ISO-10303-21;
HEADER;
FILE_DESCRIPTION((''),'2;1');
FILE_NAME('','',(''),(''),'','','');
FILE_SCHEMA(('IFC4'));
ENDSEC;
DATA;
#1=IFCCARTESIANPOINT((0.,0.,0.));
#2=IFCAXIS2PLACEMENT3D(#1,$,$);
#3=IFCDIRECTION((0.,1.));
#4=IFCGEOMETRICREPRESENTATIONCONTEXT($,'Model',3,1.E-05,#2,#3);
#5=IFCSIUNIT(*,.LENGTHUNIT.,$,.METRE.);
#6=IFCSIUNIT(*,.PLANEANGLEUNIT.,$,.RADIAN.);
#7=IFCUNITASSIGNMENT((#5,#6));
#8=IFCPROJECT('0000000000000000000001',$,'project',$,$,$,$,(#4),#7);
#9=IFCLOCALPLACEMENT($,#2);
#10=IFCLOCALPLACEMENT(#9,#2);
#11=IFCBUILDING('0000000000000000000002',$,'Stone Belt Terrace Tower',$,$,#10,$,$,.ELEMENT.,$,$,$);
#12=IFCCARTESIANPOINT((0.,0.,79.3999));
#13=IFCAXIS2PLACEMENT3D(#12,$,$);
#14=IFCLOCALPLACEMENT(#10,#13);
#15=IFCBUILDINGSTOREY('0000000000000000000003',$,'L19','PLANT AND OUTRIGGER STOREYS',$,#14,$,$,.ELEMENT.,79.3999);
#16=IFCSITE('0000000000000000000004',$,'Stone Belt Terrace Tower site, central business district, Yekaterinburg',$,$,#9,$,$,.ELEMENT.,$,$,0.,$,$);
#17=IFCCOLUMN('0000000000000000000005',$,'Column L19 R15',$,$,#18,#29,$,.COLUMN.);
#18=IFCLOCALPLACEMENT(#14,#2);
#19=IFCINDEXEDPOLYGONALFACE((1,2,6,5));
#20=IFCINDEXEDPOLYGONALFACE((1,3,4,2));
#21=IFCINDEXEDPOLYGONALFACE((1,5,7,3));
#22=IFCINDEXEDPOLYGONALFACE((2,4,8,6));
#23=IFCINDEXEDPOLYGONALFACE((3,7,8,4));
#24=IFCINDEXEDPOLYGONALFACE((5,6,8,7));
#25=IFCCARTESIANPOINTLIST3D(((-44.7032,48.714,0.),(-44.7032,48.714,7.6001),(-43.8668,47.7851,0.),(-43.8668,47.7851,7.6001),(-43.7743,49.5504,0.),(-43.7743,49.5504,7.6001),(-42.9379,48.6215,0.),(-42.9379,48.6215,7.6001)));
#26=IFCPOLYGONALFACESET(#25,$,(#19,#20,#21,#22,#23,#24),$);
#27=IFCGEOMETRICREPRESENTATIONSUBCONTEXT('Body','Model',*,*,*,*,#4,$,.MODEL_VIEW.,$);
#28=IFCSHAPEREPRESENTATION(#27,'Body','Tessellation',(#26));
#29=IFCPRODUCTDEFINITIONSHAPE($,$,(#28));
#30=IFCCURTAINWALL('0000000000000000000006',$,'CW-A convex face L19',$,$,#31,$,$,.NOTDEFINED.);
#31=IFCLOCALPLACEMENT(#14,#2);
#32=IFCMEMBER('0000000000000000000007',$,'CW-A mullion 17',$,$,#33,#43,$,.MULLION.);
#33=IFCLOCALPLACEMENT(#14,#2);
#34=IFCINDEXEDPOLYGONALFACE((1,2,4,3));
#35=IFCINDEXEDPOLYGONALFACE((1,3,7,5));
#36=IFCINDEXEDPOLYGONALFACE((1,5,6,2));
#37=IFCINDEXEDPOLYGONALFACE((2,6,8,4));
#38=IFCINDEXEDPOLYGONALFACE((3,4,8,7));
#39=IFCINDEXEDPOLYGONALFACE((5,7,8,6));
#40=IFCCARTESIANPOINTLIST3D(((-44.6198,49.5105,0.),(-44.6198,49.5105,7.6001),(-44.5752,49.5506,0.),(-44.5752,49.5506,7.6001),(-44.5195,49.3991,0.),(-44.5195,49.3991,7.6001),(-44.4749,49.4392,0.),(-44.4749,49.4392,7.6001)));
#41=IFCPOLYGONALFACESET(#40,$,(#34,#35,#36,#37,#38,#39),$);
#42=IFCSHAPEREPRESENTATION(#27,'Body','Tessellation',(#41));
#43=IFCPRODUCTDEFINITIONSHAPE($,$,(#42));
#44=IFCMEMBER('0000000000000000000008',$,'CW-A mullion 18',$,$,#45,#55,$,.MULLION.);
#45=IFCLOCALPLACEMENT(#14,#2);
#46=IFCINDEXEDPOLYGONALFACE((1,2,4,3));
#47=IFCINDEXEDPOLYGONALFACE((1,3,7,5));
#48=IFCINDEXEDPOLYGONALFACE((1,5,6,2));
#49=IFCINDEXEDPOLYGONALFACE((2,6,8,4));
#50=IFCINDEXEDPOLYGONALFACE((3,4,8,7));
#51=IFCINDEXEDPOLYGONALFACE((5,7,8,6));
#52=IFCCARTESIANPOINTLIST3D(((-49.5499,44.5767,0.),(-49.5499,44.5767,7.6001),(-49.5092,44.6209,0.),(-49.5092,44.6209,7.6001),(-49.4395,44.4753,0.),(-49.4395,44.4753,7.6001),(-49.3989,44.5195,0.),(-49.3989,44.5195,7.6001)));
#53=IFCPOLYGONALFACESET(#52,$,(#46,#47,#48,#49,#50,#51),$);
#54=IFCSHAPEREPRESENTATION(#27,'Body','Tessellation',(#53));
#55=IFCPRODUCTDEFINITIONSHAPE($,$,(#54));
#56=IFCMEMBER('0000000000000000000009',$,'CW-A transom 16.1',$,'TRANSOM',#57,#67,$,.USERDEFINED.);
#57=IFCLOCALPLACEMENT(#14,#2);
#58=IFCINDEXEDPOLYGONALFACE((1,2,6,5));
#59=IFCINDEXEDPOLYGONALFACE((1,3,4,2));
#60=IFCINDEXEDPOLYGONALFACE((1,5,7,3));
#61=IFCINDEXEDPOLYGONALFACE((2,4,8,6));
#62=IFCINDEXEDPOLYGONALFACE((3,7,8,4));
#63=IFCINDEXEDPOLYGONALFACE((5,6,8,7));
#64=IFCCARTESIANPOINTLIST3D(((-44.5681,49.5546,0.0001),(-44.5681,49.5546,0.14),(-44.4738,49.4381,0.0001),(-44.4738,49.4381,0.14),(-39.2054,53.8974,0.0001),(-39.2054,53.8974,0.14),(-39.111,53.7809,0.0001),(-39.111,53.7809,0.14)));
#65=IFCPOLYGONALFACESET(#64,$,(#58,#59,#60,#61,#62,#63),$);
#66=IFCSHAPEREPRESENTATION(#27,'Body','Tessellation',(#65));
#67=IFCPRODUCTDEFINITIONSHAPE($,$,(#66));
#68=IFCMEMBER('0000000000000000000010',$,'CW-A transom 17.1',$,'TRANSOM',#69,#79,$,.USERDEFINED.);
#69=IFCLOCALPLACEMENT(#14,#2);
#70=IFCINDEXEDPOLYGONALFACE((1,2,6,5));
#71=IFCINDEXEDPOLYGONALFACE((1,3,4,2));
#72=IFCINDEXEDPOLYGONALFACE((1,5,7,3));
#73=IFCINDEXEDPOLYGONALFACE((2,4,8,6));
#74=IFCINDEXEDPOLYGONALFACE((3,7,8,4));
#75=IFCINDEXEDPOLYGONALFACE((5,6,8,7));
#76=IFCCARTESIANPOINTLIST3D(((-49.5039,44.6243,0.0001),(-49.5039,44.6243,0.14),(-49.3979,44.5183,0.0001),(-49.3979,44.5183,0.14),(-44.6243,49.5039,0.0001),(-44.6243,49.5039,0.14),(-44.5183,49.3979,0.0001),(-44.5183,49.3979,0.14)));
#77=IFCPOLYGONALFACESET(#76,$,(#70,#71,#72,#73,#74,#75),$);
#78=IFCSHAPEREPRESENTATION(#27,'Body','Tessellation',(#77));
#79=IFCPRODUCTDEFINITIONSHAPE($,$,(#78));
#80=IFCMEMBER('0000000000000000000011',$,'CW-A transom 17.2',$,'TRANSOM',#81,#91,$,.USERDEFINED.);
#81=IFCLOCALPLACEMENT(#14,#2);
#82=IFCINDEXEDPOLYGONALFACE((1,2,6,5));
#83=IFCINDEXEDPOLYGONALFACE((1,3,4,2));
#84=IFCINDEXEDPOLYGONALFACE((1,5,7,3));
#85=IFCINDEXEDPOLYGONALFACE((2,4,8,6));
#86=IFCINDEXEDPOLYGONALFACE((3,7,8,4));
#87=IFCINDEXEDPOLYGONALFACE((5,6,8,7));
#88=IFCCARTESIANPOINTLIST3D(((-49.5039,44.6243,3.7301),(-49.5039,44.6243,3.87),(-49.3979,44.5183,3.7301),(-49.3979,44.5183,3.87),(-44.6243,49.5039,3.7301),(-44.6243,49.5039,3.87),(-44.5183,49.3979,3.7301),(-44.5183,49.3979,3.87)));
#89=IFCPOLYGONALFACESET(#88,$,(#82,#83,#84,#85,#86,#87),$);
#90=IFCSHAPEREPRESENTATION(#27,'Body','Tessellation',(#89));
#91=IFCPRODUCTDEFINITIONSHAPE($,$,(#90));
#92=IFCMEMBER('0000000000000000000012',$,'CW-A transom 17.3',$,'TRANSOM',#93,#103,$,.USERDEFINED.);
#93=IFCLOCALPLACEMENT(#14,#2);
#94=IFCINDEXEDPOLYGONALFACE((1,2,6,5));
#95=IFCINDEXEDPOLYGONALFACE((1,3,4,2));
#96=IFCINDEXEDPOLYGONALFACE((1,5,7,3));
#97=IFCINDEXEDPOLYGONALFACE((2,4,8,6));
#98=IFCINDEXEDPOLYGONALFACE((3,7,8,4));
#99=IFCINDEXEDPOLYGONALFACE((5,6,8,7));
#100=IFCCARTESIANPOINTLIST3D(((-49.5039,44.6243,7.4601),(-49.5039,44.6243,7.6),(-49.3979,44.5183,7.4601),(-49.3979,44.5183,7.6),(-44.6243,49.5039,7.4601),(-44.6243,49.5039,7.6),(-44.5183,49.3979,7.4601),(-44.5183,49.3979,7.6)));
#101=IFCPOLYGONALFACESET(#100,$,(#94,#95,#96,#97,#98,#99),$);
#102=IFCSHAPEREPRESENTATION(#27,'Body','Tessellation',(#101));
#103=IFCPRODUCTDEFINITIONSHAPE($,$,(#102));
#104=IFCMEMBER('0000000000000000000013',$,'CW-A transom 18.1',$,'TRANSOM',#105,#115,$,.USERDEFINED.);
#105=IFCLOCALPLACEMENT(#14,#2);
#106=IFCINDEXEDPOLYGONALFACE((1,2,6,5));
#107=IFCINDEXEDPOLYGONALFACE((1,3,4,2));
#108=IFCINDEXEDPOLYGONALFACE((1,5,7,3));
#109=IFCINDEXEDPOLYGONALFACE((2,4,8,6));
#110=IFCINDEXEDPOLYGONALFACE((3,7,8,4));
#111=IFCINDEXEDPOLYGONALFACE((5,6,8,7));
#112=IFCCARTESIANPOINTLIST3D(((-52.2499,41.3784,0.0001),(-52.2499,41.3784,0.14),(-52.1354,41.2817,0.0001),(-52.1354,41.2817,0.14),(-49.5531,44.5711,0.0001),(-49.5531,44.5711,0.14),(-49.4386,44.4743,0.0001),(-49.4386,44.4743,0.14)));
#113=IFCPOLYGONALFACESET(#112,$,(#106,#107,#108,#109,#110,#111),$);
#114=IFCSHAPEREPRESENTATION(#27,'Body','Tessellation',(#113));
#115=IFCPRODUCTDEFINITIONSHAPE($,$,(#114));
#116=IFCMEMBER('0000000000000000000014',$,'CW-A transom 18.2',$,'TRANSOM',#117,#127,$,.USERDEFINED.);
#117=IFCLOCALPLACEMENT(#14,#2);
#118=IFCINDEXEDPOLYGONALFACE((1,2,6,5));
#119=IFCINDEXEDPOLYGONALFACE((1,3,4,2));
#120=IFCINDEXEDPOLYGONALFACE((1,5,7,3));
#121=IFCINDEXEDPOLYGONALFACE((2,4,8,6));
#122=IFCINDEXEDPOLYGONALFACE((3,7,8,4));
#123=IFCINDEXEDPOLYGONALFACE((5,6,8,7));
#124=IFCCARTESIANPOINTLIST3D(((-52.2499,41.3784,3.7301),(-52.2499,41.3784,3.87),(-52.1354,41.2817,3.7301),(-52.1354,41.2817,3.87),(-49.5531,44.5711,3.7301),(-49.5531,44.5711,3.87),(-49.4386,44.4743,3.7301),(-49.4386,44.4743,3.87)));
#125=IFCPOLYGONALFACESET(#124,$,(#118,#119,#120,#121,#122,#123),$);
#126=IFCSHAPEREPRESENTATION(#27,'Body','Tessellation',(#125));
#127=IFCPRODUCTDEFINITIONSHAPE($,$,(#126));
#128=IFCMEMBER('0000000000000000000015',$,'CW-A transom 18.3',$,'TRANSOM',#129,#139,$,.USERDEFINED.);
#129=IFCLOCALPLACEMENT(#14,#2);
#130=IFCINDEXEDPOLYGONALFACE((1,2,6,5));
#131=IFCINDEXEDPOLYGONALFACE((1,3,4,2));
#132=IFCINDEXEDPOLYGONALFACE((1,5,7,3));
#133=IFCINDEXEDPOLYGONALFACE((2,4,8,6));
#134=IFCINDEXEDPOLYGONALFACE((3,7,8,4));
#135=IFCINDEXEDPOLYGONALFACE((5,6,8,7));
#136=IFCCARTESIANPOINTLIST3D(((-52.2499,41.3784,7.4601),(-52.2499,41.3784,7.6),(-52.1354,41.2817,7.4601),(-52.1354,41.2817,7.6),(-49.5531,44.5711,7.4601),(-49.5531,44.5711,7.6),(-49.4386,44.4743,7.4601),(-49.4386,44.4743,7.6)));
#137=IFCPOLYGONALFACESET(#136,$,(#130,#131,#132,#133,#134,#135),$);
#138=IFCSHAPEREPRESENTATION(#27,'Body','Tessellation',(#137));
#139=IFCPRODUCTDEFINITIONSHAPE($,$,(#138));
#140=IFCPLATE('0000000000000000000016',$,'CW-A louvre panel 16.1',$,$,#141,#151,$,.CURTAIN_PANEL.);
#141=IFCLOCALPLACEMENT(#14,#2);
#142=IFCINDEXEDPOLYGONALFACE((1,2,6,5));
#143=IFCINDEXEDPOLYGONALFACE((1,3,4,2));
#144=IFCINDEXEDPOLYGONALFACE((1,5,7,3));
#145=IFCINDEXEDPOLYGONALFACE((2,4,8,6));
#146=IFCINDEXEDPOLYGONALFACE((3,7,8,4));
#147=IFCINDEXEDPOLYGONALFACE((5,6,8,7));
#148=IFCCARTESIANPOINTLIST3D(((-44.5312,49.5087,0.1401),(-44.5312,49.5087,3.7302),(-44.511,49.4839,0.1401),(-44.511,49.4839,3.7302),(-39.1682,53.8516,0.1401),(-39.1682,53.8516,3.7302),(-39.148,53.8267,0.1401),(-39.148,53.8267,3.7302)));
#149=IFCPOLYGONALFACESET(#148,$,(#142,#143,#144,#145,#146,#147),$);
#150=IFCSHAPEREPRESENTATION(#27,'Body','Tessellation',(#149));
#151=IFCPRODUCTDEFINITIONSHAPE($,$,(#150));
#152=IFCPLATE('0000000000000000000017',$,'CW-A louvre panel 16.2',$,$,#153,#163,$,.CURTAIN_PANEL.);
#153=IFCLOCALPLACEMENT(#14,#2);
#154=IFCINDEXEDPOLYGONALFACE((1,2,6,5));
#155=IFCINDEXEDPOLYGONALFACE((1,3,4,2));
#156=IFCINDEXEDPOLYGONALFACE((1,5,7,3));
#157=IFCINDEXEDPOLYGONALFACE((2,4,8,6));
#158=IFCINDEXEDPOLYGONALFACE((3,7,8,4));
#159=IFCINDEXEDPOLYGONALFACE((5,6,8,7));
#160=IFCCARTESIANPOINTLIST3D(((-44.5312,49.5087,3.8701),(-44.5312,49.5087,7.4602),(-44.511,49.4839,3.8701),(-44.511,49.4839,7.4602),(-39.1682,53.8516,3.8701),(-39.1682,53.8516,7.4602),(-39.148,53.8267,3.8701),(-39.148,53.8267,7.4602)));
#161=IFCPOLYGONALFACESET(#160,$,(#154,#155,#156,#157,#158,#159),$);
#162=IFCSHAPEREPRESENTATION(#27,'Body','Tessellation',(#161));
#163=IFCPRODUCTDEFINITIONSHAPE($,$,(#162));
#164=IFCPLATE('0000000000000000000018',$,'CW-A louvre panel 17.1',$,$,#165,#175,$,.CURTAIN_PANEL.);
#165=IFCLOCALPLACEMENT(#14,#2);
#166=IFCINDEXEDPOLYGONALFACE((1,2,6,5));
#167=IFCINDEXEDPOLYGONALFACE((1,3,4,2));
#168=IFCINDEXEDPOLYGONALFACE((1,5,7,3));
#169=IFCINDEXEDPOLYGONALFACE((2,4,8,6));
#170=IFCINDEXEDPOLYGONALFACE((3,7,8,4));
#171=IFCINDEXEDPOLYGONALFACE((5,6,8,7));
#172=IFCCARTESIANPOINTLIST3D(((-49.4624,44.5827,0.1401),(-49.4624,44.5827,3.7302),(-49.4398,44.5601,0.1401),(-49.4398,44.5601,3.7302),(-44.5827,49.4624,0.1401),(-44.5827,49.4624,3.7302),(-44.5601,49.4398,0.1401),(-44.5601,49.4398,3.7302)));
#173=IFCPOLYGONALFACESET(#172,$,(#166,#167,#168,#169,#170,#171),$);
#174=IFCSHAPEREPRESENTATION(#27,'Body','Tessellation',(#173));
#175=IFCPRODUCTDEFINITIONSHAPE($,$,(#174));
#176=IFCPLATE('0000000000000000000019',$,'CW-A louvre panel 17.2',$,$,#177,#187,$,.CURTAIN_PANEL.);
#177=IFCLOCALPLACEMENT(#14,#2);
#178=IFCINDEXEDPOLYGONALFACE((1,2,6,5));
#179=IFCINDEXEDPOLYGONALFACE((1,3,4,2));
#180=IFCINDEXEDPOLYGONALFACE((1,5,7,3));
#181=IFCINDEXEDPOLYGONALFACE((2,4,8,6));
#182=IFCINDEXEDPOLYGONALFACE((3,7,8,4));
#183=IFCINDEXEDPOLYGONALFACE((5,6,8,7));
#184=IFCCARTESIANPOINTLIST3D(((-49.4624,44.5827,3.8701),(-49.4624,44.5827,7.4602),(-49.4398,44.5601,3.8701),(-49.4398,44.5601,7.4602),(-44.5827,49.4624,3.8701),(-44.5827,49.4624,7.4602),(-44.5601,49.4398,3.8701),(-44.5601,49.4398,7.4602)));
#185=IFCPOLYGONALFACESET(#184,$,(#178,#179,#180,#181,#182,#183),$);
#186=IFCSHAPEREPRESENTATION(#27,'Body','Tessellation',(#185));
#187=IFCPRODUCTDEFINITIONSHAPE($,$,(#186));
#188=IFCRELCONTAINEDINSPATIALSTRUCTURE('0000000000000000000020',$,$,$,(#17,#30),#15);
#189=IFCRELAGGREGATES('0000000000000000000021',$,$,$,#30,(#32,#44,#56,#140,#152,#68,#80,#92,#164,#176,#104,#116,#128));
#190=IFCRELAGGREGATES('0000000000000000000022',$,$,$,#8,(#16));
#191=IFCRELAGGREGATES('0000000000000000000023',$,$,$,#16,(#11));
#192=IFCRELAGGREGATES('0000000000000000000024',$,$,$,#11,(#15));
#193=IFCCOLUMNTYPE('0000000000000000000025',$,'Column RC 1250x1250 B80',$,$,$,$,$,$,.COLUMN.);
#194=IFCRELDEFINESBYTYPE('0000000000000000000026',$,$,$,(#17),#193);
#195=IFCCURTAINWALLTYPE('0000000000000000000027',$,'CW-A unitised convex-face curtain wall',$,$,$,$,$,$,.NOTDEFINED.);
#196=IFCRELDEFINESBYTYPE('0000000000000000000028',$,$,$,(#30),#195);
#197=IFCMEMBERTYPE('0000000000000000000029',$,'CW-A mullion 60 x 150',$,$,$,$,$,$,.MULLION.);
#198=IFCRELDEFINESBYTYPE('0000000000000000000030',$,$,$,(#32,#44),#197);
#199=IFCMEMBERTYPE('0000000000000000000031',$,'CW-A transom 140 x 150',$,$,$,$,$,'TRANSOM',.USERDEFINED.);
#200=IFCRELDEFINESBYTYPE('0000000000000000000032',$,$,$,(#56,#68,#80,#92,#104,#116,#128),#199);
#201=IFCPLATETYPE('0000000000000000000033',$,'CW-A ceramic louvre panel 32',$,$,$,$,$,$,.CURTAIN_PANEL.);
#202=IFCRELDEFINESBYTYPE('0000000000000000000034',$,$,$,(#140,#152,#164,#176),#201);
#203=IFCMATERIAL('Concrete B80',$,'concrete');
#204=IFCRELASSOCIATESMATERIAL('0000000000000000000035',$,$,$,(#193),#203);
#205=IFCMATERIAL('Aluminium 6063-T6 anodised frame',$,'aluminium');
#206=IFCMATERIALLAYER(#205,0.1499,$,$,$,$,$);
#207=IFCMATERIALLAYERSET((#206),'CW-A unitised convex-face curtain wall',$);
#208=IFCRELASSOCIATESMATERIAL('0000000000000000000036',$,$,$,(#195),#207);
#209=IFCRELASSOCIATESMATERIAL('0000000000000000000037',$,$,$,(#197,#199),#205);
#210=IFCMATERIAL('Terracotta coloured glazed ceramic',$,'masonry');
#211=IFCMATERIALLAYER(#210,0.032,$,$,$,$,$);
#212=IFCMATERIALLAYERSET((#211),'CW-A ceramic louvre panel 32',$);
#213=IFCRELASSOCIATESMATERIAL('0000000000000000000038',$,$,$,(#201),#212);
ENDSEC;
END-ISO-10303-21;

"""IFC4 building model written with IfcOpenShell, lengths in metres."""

from ifc_helpers import new_model, si_unit, direction, frame, origin, origin_2d, place, context, subcontext, project, spatial, rectangle, extrude, material, layer, layer_set, material_profile, profile_set, type_object, element, aggregate, save


model = new_model("IFC4")

# Units and contexts
model_context = context("Model", 3, precision=1e-05, world=origin(), true_north=direction((0.0, 1.0)))
body_context = subcontext(model_context, "Body", "Model", "MODEL_VIEW")
ifc_project = project(units=[si_unit("LENGTHUNIT", "METRE"), si_unit("PLANEANGLEUNIT", "RADIAN")], contexts=[model_context])

# Site, building, storey
site_placement = place(None, origin())
site = spatial("IfcSite", under=ifc_project, at=site_placement, Name="Stone Belt Terrace Tower site, central business district, Yekaterinburg", CompositionType="ELEMENT", RefElevation=0.0)
building_placement = place(site_placement, origin())
building = spatial("IfcBuilding", under=site, at=building_placement, Name="Stone Belt Terrace Tower", CompositionType="ELEMENT")
storey_placement = place(building_placement, frame((0.0, 0.0, 79.3999)))
storey = spatial("IfcBuildingStorey", under=building, at=storey_placement, Name="L19", Description="PLANT AND OUTRIGGER STOREYS", CompositionType="ELEMENT", Elevation=79.3999)

# Column
ifc_material_1 = material(Name="Concrete B80", Category="concrete")
ifc_material_profile_1 = material_profile(ifc_material_1, rectangle(XDim=1.25, YDim=1.25, at=origin_2d()), Name="RC 1250x1250")
ifc_profile_set_1 = profile_set([ifc_material_profile_1], Name="Concrete B80")
column_type = type_object("IfcColumnType", Name="Column RC 1250x1250 B80", PredefinedType="COLUMN", material=ifc_profile_set_1)
column_placement = place(storey_placement, frame((-43.8206, 48.6677, 0.0), z_axis=(0.0, 0.0, 1.0), x_axis=(0.743145, 0.669131, 0.0)))
element("IfcColumn", 1, at=column_placement, inside=storey, type_object=column_type, Name="Column L19 R15", PredefinedType="COLUMN", context=body_context, shape_type="SweptSolid", body=[
    extrude(rectangle(XDim=1.25, YDim=1.25, at=origin_2d()), origin(), (0.0, 0.0, 1.0), 7.6001),
])

# Curtain wall, members, plates
ifc_material_2 = material(Name="Aluminium 6063-T6 anodised frame", Category="aluminium")
ifc_layer_1 = layer(ifc_material_2, 0.1499)
ifc_layer_set_1 = layer_set([ifc_layer_1], Name="CW-A unitised convex-face curtain wall")
curtain_wall_type = type_object("IfcCurtainWallType", Name="CW-A unitised convex-face curtain wall", PredefinedType="NOTDEFINED", material=ifc_layer_set_1)
curtain_wall_placement = place(storey_placement, origin())
curtain_wall = element("IfcCurtainWall", 2, at=curtain_wall_placement, inside=storey, type_object=curtain_wall_type, Name="CW-A convex face L19", PredefinedType="NOTDEFINED")
ifc_material_profile_2 = material_profile(ifc_material_2, rectangle(XDim=0.1499, YDim=0.0601, at=origin_2d()), Name="Aluminium 6063-T6 60x150")
ifc_profile_set_2 = profile_set([ifc_material_profile_2], Name="Aluminium 6063-T6 anodised frame")
member_type_1 = type_object("IfcMemberType", Name="CW-A mullion 60 x 150", PredefinedType="MULLION", material=ifc_profile_set_2)
member_1_placement = place(storey_placement, frame((-44.5474, 49.4749, 0.0), z_axis=(0.0, 0.0, 1.0), x_axis=(0.669131, -0.743145, 0.0)))
member_1 = element("IfcMember", 3, at=member_1_placement, type_object=member_type_1, Name="CW-A mullion 17", PredefinedType="MULLION", context=body_context, shape_type="SweptSolid", body=[
    extrude(rectangle(XDim=0.1499, YDim=0.0601, at=origin_2d()), origin(), (0.0, 0.0, 1.0), 7.6001),
])
member_2_placement = place(storey_placement, frame((-49.4744, 44.5481, 0.0), z_axis=(0.0, 0.0, 1.0), x_axis=(0.736171, -0.676796, 0.0)))
member_2 = element("IfcMember", 4, at=member_2_placement, type_object=member_type_1, Name="CW-A mullion 18", PredefinedType="MULLION", context=body_context, shape_type="SweptSolid", body=[
    extrude(rectangle(XDim=0.1499, YDim=0.0601, at=origin_2d()), origin(), (0.0, 0.0, 1.0), 7.6001),
])
ifc_material_profile_3 = material_profile(ifc_material_2, rectangle(XDim=0.1499, YDim=0.1399, at=origin_2d()), Name="Aluminium 6063-T6 150x140")
ifc_profile_set_3 = profile_set([ifc_material_profile_3], Name="Aluminium 6063-T6 anodised frame")
member_type_2 = type_object("IfcMemberType", Name="CW-A transom 140 x 150", ElementType="TRANSOM", PredefinedType="USERDEFINED", material=ifc_profile_set_3)
member_3_placement = place(storey_placement, frame((-39.1582, 53.8391, 0.0701), z_axis=(-0.777141, -0.629326, 0.0), x_axis=(0.629326, -0.777141, 0.0)))
member_3 = element("IfcMember", 5, at=member_3_placement, type_object=member_type_2, Name="CW-A transom 16.1", ObjectType="TRANSOM", PredefinedType="USERDEFINED", context=body_context, shape_type="SweptSolid", body=[
    extrude(rectangle(XDim=0.1499, YDim=0.1399, at=origin_2d()), origin(), (0.0, 0.0, 1.0), 6.9006),
])
member_4_placement = place(storey_placement, frame((-44.5713, 49.4509, 0.0701), z_axis=(-0.707107, -0.707107, 0.0), x_axis=(0.707107, -0.707107, 0.0)))
member_4 = element("IfcMember", 6, at=member_4_placement, type_object=member_type_2, Name="CW-A transom 17.1", ObjectType="TRANSOM", PredefinedType="USERDEFINED", context=body_context, shape_type="SweptSolid", body=[
    extrude(rectangle(XDim=0.1499, YDim=0.1399, at=origin_2d()), origin(), (0.0, 0.0, 1.0), 6.9009),
])
member_5_placement = place(storey_placement, frame((-44.5713, 49.4509, 3.8), z_axis=(-0.707107, -0.707107, 0.0), x_axis=(0.707107, -0.707107, 0.0)))
member_5 = element("IfcMember", 7, at=member_5_placement, type_object=member_type_2, Name="CW-A transom 17.2", ObjectType="TRANSOM", PredefinedType="USERDEFINED", context=body_context, shape_type="SweptSolid", body=[
    extrude(rectangle(XDim=0.1499, YDim=0.1399, at=origin_2d()), origin(), (0.0, 0.0, 1.0), 6.9009),
])
member_6_placement = place(storey_placement, frame((-44.5713, 49.4509, 7.53), z_axis=(-0.707107, -0.707107, 0.0), x_axis=(0.707107, -0.707107, 0.0)))
member_6 = element("IfcMember", 8, at=member_6_placement, type_object=member_type_2, Name="CW-A transom 17.3", ObjectType="TRANSOM", PredefinedType="USERDEFINED", context=body_context, shape_type="SweptSolid", body=[
    extrude(rectangle(XDim=0.1499, YDim=0.1399, at=origin_2d()), origin(), (0.0, 0.0, 1.0), 6.9009),
])
member_7_placement = place(storey_placement, frame((-49.4958, 44.5227, 0.0701), z_axis=(-0.64529, -0.763938, 0.0), x_axis=(0.763938, -0.64529, 0.0)))
member_7 = element("IfcMember", 9, at=member_7_placement, type_object=member_type_2, Name="CW-A transom 18.1", ObjectType="TRANSOM", PredefinedType="USERDEFINED", context=body_context, shape_type="SweptSolid", body=[
    extrude(rectangle(XDim=0.1499, YDim=0.1399, at=origin_2d()), origin(), (0.0, 0.0, 1.0), 4.1792),
])
member_8_placement = place(storey_placement, frame((-49.4958, 44.5227, 3.8), z_axis=(-0.64529, -0.763938, 0.0), x_axis=(0.763938, -0.64529, 0.0)))
member_8 = element("IfcMember", 10, at=member_8_placement, type_object=member_type_2, Name="CW-A transom 18.2", ObjectType="TRANSOM", PredefinedType="USERDEFINED", context=body_context, shape_type="SweptSolid", body=[
    extrude(rectangle(XDim=0.1499, YDim=0.1399, at=origin_2d()), origin(), (0.0, 0.0, 1.0), 4.1792),
])
member_9_placement = place(storey_placement, frame((-49.4958, 44.5227, 7.53), z_axis=(-0.64529, -0.763938, 0.0), x_axis=(0.763938, -0.64529, 0.0)))
member_9 = element("IfcMember", 11, at=member_9_placement, type_object=member_type_2, Name="CW-A transom 18.3", ObjectType="TRANSOM", PredefinedType="USERDEFINED", context=body_context, shape_type="SweptSolid", body=[
    extrude(rectangle(XDim=0.1499, YDim=0.1399, at=origin_2d()), origin(), (0.0, 0.0, 1.0), 4.1792),
])
ifc_material_3 = material(Name="Terracotta coloured glazed ceramic", Category="masonry")
ifc_layer_2 = layer(ifc_material_3, 0.032)
ifc_layer_set_2 = layer_set([ifc_layer_2], Name="CW-A ceramic louvre panel 32")
plate_type = type_object("IfcPlateType", Name="CW-A ceramic louvre panel 32", PredefinedType="CURTAIN_PANEL", material=ifc_layer_set_2)
plate_1_placement = place(storey_placement, frame((-41.8396, 51.6677, 0.1401), z_axis=(0.0, 0.0, 1.0), x_axis=(-0.777146, -0.62932, 0.0)))
plate_1 = element("IfcPlate", 12, at=plate_1_placement, type_object=plate_type, Name="CW-A louvre panel 16.1", PredefinedType="CURTAIN_PANEL", context=body_context, shape_type="SweptSolid", body=[
    extrude(rectangle(XDim=6.9009, YDim=0.032, at=origin_2d()), origin(), (0.0, 0.0, 1.0), 3.5901),
])
plate_2_placement = place(storey_placement, frame((-41.8396, 51.6677, 3.8701), z_axis=(0.0, 0.0, 1.0), x_axis=(-0.777146, -0.62932, 0.0)))
plate_2 = element("IfcPlate", 13, at=plate_2_placement, type_object=plate_type, Name="CW-A louvre panel 16.2", PredefinedType="CURTAIN_PANEL", context=body_context, shape_type="SweptSolid", body=[
    extrude(rectangle(XDim=6.9009, YDim=0.032, at=origin_2d()), origin(), (0.0, 0.0, 1.0), 3.5901),
])
plate_3_placement = place(storey_placement, frame((-47.0112, 47.0112, 0.1401), z_axis=(0.0, 0.0, 1.0), x_axis=(-0.707107, -0.707107, 0.0)))
plate_3 = element("IfcPlate", 14, at=plate_3_placement, type_object=plate_type, Name="CW-A louvre panel 17.1", PredefinedType="CURTAIN_PANEL", context=body_context, shape_type="SweptSolid", body=[
    extrude(rectangle(XDim=6.9009, YDim=0.032, at=origin_2d()), origin(), (0.0, 0.0, 1.0), 3.5901),
])
plate_4_placement = place(storey_placement, frame((-47.0112, 47.0112, 3.8701), z_axis=(0.0, 0.0, 1.0), x_axis=(-0.707107, -0.707107, 0.0)))
plate_4 = element("IfcPlate", 15, at=plate_4_placement, type_object=plate_type, Name="CW-A louvre panel 17.2", PredefinedType="CURTAIN_PANEL", context=body_context, shape_type="SweptSolid", body=[
    extrude(rectangle(XDim=6.9009, YDim=0.032, at=origin_2d()), origin(), (0.0, 0.0, 1.0), 3.5901),
])
aggregate(curtain_wall, [member_1, member_2, member_3, plate_1, plate_2, member_4, member_5, member_6, plate_3, plate_4, member_7, member_8, member_9])

save(model, "model.ifc")
